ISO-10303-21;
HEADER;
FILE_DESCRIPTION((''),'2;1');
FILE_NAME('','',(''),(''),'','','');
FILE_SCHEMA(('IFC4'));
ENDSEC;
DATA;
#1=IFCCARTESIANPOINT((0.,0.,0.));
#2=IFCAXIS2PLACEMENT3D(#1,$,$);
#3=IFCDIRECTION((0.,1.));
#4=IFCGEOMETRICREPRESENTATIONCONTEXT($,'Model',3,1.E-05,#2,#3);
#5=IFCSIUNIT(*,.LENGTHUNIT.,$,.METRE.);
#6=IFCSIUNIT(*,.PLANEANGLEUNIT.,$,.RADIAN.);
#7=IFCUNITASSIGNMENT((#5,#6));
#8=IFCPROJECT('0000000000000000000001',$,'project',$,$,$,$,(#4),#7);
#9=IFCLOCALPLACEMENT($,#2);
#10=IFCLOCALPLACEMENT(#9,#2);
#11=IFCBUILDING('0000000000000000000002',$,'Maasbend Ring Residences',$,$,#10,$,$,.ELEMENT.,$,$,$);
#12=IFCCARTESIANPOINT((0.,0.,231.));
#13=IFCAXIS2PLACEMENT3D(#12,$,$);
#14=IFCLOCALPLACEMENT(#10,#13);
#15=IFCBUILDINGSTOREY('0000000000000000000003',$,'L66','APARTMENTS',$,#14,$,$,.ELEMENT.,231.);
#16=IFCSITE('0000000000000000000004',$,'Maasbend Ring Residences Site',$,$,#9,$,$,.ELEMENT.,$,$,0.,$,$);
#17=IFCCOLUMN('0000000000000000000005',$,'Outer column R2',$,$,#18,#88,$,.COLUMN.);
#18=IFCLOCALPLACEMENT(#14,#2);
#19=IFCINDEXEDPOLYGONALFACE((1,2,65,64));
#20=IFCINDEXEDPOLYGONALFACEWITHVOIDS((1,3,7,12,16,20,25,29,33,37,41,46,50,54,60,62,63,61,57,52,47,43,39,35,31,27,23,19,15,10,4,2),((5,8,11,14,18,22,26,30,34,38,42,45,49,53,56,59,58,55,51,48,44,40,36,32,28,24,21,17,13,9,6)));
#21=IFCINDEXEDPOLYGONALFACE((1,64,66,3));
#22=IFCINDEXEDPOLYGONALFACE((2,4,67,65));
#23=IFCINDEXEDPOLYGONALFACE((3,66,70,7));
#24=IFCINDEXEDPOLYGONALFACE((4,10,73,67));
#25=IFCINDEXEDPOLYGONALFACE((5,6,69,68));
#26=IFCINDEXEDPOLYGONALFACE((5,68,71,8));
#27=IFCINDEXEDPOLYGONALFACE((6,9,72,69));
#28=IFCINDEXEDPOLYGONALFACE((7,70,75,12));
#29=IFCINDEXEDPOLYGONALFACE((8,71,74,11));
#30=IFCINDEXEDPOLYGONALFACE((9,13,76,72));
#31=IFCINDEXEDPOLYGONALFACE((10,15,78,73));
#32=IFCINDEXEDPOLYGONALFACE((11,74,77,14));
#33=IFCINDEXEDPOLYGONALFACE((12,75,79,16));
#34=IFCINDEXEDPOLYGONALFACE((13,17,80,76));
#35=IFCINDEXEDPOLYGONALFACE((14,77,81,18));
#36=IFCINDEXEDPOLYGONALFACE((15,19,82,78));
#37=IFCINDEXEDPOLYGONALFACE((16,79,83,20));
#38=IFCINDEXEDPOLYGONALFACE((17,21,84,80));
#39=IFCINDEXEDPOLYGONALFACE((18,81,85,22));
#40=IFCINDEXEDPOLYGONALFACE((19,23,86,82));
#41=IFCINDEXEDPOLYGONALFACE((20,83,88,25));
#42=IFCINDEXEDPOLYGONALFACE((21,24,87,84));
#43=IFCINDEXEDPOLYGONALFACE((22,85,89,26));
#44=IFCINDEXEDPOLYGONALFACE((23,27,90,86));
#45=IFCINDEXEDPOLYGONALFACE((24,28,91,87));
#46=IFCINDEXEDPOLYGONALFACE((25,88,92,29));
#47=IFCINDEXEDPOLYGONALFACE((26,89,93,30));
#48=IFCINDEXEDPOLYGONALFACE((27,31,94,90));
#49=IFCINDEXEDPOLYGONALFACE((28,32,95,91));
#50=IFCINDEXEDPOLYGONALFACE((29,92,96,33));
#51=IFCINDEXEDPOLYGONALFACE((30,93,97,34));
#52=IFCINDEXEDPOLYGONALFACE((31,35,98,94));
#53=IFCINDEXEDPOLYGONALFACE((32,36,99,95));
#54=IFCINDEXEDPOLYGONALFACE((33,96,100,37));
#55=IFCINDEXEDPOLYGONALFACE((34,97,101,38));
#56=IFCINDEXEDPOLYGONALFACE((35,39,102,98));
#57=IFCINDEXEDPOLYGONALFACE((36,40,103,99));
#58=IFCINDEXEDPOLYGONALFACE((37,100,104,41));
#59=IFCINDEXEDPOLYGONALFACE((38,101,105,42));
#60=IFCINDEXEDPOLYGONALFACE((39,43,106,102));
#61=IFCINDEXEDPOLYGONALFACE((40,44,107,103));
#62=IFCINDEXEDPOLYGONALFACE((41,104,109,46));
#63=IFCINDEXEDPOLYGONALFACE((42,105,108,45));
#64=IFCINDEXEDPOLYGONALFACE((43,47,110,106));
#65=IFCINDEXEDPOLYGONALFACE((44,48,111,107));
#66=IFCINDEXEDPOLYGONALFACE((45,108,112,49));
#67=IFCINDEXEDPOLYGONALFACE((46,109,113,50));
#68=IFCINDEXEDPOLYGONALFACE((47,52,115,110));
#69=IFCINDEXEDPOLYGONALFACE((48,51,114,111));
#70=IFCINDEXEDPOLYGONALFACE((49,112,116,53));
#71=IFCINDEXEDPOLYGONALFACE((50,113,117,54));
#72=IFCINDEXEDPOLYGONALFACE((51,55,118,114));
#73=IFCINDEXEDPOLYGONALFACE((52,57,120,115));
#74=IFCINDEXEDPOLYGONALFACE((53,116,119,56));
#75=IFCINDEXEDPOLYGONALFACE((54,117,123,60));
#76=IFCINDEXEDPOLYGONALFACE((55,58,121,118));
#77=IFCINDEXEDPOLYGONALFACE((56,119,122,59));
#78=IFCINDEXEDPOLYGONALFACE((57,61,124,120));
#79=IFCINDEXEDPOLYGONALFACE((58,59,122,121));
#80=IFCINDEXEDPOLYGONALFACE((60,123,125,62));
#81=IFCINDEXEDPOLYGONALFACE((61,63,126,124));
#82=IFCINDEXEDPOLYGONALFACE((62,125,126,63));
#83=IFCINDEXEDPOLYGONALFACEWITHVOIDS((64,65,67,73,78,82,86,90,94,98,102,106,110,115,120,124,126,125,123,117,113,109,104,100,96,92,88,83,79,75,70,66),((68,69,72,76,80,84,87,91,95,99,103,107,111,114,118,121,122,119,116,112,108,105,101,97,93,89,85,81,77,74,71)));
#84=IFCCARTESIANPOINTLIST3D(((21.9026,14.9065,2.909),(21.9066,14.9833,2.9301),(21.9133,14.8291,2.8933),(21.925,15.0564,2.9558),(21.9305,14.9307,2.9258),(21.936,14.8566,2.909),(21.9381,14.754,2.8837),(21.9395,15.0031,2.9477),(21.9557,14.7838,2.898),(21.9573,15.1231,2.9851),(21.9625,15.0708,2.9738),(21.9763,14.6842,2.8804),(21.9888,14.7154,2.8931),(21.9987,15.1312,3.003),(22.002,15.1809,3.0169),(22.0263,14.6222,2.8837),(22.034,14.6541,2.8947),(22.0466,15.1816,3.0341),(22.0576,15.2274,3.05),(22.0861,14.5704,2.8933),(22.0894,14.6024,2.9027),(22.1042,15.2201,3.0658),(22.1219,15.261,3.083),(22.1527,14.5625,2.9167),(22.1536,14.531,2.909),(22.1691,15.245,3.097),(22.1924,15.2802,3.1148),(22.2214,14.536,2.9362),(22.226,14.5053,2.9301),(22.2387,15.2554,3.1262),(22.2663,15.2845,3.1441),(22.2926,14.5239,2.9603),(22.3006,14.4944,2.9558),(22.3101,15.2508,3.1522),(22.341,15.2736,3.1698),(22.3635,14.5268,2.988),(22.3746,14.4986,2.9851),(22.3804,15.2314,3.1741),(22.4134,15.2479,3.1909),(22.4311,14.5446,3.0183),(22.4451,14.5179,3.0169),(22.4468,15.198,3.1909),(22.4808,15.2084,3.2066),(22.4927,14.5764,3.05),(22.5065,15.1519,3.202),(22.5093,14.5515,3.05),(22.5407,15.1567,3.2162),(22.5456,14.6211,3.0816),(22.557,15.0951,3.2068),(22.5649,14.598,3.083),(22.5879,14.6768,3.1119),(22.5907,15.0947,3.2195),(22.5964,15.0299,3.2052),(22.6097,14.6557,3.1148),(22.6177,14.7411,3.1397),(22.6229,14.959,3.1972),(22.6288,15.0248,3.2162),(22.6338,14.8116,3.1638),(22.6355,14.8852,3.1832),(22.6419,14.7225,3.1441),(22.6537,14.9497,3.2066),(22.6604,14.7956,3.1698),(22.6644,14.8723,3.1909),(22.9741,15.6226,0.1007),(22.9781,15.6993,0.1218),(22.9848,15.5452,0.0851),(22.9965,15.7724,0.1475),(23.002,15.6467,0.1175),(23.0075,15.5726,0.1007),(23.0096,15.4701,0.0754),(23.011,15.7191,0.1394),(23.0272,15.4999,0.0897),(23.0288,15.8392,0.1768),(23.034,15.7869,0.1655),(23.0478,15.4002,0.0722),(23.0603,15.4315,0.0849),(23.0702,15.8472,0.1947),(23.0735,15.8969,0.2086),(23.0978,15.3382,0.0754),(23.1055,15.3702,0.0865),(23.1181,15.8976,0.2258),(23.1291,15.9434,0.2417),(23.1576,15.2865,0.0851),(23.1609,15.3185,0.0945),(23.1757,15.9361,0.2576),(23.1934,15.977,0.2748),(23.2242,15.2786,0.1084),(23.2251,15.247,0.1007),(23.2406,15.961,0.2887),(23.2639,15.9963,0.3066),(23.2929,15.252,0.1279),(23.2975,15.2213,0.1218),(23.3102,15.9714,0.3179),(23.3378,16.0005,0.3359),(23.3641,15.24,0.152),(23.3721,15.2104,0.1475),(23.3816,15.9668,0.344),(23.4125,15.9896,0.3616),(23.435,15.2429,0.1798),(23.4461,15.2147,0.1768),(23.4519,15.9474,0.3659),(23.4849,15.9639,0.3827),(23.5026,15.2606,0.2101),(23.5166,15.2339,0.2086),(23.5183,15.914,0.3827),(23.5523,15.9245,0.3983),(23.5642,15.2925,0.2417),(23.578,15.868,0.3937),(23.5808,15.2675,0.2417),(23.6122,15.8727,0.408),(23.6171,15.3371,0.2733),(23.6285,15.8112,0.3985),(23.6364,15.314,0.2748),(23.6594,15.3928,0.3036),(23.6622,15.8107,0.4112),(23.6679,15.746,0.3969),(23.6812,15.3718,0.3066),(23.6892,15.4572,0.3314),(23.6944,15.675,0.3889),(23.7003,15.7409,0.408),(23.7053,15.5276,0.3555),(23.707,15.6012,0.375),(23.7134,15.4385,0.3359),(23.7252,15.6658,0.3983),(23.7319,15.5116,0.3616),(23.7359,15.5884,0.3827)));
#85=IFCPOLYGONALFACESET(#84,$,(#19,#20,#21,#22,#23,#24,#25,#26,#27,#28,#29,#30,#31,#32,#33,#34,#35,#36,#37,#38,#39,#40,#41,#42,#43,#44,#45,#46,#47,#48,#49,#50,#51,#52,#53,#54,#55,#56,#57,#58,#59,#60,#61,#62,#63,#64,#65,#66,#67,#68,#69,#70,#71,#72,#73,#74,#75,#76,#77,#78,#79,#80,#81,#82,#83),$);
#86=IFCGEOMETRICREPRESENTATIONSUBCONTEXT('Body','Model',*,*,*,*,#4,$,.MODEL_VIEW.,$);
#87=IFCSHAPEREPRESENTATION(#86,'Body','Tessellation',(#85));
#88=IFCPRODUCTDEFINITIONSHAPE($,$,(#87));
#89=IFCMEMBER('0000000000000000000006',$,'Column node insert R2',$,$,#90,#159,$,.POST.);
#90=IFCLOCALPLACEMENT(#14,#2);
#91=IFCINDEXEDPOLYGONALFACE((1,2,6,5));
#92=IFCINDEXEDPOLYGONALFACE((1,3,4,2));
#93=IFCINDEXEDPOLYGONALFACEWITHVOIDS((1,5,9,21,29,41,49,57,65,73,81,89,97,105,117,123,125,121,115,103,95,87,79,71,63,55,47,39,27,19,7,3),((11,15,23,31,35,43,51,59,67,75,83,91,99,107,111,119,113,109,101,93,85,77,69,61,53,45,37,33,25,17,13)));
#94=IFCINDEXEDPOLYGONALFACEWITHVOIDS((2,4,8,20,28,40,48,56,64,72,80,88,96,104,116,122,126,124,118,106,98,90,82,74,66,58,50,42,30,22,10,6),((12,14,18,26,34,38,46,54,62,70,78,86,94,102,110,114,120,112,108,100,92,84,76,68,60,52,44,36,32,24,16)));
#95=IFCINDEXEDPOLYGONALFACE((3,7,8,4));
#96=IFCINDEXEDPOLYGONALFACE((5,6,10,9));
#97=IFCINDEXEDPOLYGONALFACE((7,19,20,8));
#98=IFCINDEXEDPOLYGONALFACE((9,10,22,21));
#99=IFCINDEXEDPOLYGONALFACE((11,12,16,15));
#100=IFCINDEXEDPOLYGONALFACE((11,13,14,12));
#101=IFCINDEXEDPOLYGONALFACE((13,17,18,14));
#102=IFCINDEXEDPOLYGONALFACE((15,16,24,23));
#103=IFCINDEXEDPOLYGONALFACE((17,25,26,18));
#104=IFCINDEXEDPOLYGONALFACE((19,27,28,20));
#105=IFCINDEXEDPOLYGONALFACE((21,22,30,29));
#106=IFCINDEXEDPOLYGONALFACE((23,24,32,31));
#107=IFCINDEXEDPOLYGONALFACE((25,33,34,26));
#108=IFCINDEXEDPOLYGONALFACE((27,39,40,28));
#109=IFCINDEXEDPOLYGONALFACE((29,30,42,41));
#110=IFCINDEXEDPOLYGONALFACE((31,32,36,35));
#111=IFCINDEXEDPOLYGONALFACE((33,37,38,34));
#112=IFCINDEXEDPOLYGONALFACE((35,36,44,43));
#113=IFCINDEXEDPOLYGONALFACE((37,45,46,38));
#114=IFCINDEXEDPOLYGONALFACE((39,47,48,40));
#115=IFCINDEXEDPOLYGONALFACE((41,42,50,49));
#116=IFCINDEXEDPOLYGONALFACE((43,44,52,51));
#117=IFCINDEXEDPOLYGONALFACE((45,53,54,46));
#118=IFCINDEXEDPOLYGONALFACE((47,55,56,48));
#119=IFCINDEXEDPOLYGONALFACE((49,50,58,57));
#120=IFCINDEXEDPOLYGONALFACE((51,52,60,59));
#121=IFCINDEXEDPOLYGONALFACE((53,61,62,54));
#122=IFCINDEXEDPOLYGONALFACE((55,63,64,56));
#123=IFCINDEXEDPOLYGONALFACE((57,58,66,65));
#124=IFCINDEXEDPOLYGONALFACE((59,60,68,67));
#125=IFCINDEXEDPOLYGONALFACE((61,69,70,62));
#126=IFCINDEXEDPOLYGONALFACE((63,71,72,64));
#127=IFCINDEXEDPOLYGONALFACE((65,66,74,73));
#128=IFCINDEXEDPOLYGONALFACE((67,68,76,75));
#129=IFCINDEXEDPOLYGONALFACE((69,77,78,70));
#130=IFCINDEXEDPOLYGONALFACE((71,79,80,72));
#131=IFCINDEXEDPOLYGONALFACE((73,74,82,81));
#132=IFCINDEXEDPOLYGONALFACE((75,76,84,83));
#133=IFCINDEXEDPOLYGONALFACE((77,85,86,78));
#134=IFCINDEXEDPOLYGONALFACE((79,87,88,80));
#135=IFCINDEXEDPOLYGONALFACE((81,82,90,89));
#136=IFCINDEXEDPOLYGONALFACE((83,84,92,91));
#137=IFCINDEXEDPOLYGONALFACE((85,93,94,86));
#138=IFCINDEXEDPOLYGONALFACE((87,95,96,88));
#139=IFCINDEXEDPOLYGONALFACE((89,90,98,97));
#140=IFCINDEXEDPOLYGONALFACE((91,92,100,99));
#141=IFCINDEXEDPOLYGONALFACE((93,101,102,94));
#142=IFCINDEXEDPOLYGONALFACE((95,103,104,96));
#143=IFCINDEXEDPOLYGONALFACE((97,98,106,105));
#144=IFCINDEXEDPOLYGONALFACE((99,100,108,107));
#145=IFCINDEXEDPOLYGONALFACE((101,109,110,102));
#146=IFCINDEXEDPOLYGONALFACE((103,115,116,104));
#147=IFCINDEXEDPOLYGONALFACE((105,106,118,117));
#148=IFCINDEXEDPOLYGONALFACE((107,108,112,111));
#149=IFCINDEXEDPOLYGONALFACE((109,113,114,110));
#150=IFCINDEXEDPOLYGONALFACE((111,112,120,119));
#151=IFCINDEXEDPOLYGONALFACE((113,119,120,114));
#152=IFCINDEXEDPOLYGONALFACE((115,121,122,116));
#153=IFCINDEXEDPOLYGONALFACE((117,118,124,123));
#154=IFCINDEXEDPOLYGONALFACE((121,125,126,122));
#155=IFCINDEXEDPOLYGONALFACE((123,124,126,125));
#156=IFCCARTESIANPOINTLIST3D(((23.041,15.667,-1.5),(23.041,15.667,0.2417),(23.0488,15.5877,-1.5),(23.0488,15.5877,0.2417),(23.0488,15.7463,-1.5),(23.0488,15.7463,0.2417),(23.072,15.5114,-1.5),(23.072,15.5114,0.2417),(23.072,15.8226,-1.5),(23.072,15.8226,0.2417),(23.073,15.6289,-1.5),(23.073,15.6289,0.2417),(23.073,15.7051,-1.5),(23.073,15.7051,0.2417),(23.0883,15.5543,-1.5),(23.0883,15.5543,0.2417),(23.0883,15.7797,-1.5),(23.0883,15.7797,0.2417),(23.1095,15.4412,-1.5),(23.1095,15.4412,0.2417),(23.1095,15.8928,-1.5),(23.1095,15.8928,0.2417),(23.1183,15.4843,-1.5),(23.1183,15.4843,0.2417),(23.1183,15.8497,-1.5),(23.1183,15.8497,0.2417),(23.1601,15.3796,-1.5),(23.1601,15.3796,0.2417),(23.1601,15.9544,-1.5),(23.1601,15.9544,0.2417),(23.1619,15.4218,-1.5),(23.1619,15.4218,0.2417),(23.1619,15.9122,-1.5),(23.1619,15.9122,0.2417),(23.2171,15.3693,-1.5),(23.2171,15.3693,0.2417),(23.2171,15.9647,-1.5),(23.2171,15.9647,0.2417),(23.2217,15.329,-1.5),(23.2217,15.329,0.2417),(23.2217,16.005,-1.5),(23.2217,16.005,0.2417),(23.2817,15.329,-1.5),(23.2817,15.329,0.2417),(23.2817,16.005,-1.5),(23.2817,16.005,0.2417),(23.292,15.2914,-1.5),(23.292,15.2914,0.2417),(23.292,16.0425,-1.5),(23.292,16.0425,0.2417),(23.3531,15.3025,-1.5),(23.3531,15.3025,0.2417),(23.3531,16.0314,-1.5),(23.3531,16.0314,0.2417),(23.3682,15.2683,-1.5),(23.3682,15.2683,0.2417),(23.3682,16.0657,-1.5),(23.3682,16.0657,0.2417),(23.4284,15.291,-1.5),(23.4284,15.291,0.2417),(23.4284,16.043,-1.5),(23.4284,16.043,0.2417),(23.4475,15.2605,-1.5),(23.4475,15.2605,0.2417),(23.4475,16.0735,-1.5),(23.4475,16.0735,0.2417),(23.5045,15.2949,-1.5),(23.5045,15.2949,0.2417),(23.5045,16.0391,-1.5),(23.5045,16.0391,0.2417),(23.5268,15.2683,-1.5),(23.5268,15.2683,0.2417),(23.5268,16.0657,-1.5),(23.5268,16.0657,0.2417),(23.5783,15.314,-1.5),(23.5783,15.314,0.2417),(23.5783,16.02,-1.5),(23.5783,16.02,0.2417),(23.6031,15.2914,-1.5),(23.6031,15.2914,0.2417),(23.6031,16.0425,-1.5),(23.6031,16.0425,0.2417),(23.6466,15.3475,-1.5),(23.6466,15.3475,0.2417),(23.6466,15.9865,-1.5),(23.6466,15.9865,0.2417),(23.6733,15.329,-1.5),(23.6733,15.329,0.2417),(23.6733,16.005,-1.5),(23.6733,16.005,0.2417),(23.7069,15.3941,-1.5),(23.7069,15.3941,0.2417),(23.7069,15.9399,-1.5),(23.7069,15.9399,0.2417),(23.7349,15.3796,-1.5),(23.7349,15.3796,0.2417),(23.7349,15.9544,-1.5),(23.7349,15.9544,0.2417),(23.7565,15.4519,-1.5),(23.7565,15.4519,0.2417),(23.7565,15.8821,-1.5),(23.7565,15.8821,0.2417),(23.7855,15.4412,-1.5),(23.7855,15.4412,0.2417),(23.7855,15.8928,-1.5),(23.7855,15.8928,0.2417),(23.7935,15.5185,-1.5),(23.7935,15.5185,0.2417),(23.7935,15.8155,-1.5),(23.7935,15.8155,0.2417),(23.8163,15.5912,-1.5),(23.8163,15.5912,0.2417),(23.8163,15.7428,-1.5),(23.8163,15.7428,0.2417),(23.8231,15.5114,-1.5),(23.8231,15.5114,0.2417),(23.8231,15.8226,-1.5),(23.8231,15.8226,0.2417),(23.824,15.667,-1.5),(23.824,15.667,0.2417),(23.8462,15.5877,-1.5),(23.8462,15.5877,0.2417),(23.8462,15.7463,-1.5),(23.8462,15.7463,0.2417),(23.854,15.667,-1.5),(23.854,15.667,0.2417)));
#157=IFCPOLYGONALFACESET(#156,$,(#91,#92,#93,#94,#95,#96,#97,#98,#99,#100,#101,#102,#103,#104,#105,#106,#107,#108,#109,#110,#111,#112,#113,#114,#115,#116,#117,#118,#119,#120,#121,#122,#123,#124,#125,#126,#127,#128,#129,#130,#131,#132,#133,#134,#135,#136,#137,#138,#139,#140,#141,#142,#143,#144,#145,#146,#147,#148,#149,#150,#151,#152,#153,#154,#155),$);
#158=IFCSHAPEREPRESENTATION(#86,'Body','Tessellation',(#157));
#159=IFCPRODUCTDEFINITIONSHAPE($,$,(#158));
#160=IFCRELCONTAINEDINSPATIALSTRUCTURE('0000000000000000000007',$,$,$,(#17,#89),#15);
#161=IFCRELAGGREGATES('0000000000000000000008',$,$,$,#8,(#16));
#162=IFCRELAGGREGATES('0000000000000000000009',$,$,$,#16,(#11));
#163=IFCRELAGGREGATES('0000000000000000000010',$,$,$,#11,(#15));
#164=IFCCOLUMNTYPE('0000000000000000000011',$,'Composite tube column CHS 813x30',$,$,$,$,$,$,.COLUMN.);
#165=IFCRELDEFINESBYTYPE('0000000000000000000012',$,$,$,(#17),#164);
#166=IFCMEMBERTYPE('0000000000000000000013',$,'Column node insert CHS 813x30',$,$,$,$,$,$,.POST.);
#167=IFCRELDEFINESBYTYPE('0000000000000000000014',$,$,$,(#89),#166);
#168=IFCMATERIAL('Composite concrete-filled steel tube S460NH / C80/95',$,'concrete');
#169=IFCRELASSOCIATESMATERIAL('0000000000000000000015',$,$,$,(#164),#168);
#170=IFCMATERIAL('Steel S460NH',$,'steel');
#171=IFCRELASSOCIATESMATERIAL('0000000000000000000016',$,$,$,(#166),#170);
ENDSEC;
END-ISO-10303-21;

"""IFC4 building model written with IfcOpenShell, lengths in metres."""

from ifc_helpers import new_model, si_unit, direction, frame, origin, origin_2d, place, context, subcontext, project, spatial, hollow_circle, extrude, material, material_profile, profile_set, type_object, element, save


model = new_model("IFC4")

# Units and contexts
model_context = context("Model", 3, precision=1e-05, world=origin(), true_north=direction((0.0, 1.0)))
body_context = subcontext(model_context, "Body", "Model", "MODEL_VIEW")
ifc_project = project(units=[si_unit("LENGTHUNIT", "METRE"), si_unit("PLANEANGLEUNIT", "RADIAN")], contexts=[model_context])

# Site, building, storey
site_placement = place(None, origin())
site = spatial("IfcSite", under=ifc_project, at=site_placement, Name="Maasbend Ring Residences Site", CompositionType="ELEMENT", RefElevation=0.0)
building_placement = place(site_placement, origin())
building = spatial("IfcBuilding", under=site, at=building_placement, Name="Maasbend Ring Residences", CompositionType="ELEMENT")
storey_placement = place(building_placement, frame((0.0, 0.0, 231.0)))
storey = spatial("IfcBuildingStorey", under=building, at=storey_placement, Name="L66", Description="APARTMENTS", CompositionType="ELEMENT", Elevation=231.0)

# Column
ifc_material_1 = material(Name="Composite concrete-filled steel tube S460NH / C80/95", Category="concrete")
ifc_material_profile_1 = material_profile(ifc_material_1, hollow_circle(Radius=0.4065, WallThickness=0.03, at=origin_2d()), Name="Composite tube column CHS 813x30")
ifc_profile_set_1 = profile_set([ifc_material_profile_1], Name="Composite concrete-filled steel tube S460NH / C80/95")
column_type = type_object("IfcColumnType", Name="Composite tube column CHS 813x30", PredefinedType="COLUMN", material=ifc_profile_set_1)
column_placement = place(storey_placement, frame((23.355, 15.6055, 0.2417), z_axis=(-0.346781, -0.23174, 0.908867), x_axis=(0.555618, -0.831438, 0.0)))
element("IfcColumn", 1, at=column_placement, inside=storey, type_object=column_type, Name="Outer column R2", PredefinedType="COLUMN", context=body_context, shape_type="SweptSolid", body=[
    extrude(hollow_circle(Radius=0.4065, WallThickness=0.03, at=origin_2d()), origin(), (0.0, 0.0, 1.0), 3.0898),
])

# Member
ifc_material_2 = material(Name="Steel S460NH", Category="steel")
ifc_material_profile_2 = material_profile(ifc_material_2, hollow_circle(Radius=0.4065, WallThickness=0.03, at=origin_2d()), Name="Column node insert CHS 813x30")
ifc_profile_set_2 = profile_set([ifc_material_profile_2], Name="Steel S460NH")
member_type = type_object("IfcMemberType", Name="Column node insert CHS 813x30", PredefinedType="POST", material=ifc_profile_set_2)
member_placement = place(storey_placement, frame((23.4475, 15.667, -1.5), z_axis=(0.0, 0.0, 1.0), x_axis=(1.0, 0.0, 0.0)))
element("IfcMember", 2, at=member_placement, inside=storey, type_object=member_type, Name="Column node insert R2", PredefinedType="POST", context=body_context, shape_type="SweptSolid", body=[
    extrude(hollow_circle(Radius=0.4065, WallThickness=0.03, at=origin_2d()), origin(), (0.0, 0.0, 1.0), 1.7417),
])

save(model, "model.ifc")
